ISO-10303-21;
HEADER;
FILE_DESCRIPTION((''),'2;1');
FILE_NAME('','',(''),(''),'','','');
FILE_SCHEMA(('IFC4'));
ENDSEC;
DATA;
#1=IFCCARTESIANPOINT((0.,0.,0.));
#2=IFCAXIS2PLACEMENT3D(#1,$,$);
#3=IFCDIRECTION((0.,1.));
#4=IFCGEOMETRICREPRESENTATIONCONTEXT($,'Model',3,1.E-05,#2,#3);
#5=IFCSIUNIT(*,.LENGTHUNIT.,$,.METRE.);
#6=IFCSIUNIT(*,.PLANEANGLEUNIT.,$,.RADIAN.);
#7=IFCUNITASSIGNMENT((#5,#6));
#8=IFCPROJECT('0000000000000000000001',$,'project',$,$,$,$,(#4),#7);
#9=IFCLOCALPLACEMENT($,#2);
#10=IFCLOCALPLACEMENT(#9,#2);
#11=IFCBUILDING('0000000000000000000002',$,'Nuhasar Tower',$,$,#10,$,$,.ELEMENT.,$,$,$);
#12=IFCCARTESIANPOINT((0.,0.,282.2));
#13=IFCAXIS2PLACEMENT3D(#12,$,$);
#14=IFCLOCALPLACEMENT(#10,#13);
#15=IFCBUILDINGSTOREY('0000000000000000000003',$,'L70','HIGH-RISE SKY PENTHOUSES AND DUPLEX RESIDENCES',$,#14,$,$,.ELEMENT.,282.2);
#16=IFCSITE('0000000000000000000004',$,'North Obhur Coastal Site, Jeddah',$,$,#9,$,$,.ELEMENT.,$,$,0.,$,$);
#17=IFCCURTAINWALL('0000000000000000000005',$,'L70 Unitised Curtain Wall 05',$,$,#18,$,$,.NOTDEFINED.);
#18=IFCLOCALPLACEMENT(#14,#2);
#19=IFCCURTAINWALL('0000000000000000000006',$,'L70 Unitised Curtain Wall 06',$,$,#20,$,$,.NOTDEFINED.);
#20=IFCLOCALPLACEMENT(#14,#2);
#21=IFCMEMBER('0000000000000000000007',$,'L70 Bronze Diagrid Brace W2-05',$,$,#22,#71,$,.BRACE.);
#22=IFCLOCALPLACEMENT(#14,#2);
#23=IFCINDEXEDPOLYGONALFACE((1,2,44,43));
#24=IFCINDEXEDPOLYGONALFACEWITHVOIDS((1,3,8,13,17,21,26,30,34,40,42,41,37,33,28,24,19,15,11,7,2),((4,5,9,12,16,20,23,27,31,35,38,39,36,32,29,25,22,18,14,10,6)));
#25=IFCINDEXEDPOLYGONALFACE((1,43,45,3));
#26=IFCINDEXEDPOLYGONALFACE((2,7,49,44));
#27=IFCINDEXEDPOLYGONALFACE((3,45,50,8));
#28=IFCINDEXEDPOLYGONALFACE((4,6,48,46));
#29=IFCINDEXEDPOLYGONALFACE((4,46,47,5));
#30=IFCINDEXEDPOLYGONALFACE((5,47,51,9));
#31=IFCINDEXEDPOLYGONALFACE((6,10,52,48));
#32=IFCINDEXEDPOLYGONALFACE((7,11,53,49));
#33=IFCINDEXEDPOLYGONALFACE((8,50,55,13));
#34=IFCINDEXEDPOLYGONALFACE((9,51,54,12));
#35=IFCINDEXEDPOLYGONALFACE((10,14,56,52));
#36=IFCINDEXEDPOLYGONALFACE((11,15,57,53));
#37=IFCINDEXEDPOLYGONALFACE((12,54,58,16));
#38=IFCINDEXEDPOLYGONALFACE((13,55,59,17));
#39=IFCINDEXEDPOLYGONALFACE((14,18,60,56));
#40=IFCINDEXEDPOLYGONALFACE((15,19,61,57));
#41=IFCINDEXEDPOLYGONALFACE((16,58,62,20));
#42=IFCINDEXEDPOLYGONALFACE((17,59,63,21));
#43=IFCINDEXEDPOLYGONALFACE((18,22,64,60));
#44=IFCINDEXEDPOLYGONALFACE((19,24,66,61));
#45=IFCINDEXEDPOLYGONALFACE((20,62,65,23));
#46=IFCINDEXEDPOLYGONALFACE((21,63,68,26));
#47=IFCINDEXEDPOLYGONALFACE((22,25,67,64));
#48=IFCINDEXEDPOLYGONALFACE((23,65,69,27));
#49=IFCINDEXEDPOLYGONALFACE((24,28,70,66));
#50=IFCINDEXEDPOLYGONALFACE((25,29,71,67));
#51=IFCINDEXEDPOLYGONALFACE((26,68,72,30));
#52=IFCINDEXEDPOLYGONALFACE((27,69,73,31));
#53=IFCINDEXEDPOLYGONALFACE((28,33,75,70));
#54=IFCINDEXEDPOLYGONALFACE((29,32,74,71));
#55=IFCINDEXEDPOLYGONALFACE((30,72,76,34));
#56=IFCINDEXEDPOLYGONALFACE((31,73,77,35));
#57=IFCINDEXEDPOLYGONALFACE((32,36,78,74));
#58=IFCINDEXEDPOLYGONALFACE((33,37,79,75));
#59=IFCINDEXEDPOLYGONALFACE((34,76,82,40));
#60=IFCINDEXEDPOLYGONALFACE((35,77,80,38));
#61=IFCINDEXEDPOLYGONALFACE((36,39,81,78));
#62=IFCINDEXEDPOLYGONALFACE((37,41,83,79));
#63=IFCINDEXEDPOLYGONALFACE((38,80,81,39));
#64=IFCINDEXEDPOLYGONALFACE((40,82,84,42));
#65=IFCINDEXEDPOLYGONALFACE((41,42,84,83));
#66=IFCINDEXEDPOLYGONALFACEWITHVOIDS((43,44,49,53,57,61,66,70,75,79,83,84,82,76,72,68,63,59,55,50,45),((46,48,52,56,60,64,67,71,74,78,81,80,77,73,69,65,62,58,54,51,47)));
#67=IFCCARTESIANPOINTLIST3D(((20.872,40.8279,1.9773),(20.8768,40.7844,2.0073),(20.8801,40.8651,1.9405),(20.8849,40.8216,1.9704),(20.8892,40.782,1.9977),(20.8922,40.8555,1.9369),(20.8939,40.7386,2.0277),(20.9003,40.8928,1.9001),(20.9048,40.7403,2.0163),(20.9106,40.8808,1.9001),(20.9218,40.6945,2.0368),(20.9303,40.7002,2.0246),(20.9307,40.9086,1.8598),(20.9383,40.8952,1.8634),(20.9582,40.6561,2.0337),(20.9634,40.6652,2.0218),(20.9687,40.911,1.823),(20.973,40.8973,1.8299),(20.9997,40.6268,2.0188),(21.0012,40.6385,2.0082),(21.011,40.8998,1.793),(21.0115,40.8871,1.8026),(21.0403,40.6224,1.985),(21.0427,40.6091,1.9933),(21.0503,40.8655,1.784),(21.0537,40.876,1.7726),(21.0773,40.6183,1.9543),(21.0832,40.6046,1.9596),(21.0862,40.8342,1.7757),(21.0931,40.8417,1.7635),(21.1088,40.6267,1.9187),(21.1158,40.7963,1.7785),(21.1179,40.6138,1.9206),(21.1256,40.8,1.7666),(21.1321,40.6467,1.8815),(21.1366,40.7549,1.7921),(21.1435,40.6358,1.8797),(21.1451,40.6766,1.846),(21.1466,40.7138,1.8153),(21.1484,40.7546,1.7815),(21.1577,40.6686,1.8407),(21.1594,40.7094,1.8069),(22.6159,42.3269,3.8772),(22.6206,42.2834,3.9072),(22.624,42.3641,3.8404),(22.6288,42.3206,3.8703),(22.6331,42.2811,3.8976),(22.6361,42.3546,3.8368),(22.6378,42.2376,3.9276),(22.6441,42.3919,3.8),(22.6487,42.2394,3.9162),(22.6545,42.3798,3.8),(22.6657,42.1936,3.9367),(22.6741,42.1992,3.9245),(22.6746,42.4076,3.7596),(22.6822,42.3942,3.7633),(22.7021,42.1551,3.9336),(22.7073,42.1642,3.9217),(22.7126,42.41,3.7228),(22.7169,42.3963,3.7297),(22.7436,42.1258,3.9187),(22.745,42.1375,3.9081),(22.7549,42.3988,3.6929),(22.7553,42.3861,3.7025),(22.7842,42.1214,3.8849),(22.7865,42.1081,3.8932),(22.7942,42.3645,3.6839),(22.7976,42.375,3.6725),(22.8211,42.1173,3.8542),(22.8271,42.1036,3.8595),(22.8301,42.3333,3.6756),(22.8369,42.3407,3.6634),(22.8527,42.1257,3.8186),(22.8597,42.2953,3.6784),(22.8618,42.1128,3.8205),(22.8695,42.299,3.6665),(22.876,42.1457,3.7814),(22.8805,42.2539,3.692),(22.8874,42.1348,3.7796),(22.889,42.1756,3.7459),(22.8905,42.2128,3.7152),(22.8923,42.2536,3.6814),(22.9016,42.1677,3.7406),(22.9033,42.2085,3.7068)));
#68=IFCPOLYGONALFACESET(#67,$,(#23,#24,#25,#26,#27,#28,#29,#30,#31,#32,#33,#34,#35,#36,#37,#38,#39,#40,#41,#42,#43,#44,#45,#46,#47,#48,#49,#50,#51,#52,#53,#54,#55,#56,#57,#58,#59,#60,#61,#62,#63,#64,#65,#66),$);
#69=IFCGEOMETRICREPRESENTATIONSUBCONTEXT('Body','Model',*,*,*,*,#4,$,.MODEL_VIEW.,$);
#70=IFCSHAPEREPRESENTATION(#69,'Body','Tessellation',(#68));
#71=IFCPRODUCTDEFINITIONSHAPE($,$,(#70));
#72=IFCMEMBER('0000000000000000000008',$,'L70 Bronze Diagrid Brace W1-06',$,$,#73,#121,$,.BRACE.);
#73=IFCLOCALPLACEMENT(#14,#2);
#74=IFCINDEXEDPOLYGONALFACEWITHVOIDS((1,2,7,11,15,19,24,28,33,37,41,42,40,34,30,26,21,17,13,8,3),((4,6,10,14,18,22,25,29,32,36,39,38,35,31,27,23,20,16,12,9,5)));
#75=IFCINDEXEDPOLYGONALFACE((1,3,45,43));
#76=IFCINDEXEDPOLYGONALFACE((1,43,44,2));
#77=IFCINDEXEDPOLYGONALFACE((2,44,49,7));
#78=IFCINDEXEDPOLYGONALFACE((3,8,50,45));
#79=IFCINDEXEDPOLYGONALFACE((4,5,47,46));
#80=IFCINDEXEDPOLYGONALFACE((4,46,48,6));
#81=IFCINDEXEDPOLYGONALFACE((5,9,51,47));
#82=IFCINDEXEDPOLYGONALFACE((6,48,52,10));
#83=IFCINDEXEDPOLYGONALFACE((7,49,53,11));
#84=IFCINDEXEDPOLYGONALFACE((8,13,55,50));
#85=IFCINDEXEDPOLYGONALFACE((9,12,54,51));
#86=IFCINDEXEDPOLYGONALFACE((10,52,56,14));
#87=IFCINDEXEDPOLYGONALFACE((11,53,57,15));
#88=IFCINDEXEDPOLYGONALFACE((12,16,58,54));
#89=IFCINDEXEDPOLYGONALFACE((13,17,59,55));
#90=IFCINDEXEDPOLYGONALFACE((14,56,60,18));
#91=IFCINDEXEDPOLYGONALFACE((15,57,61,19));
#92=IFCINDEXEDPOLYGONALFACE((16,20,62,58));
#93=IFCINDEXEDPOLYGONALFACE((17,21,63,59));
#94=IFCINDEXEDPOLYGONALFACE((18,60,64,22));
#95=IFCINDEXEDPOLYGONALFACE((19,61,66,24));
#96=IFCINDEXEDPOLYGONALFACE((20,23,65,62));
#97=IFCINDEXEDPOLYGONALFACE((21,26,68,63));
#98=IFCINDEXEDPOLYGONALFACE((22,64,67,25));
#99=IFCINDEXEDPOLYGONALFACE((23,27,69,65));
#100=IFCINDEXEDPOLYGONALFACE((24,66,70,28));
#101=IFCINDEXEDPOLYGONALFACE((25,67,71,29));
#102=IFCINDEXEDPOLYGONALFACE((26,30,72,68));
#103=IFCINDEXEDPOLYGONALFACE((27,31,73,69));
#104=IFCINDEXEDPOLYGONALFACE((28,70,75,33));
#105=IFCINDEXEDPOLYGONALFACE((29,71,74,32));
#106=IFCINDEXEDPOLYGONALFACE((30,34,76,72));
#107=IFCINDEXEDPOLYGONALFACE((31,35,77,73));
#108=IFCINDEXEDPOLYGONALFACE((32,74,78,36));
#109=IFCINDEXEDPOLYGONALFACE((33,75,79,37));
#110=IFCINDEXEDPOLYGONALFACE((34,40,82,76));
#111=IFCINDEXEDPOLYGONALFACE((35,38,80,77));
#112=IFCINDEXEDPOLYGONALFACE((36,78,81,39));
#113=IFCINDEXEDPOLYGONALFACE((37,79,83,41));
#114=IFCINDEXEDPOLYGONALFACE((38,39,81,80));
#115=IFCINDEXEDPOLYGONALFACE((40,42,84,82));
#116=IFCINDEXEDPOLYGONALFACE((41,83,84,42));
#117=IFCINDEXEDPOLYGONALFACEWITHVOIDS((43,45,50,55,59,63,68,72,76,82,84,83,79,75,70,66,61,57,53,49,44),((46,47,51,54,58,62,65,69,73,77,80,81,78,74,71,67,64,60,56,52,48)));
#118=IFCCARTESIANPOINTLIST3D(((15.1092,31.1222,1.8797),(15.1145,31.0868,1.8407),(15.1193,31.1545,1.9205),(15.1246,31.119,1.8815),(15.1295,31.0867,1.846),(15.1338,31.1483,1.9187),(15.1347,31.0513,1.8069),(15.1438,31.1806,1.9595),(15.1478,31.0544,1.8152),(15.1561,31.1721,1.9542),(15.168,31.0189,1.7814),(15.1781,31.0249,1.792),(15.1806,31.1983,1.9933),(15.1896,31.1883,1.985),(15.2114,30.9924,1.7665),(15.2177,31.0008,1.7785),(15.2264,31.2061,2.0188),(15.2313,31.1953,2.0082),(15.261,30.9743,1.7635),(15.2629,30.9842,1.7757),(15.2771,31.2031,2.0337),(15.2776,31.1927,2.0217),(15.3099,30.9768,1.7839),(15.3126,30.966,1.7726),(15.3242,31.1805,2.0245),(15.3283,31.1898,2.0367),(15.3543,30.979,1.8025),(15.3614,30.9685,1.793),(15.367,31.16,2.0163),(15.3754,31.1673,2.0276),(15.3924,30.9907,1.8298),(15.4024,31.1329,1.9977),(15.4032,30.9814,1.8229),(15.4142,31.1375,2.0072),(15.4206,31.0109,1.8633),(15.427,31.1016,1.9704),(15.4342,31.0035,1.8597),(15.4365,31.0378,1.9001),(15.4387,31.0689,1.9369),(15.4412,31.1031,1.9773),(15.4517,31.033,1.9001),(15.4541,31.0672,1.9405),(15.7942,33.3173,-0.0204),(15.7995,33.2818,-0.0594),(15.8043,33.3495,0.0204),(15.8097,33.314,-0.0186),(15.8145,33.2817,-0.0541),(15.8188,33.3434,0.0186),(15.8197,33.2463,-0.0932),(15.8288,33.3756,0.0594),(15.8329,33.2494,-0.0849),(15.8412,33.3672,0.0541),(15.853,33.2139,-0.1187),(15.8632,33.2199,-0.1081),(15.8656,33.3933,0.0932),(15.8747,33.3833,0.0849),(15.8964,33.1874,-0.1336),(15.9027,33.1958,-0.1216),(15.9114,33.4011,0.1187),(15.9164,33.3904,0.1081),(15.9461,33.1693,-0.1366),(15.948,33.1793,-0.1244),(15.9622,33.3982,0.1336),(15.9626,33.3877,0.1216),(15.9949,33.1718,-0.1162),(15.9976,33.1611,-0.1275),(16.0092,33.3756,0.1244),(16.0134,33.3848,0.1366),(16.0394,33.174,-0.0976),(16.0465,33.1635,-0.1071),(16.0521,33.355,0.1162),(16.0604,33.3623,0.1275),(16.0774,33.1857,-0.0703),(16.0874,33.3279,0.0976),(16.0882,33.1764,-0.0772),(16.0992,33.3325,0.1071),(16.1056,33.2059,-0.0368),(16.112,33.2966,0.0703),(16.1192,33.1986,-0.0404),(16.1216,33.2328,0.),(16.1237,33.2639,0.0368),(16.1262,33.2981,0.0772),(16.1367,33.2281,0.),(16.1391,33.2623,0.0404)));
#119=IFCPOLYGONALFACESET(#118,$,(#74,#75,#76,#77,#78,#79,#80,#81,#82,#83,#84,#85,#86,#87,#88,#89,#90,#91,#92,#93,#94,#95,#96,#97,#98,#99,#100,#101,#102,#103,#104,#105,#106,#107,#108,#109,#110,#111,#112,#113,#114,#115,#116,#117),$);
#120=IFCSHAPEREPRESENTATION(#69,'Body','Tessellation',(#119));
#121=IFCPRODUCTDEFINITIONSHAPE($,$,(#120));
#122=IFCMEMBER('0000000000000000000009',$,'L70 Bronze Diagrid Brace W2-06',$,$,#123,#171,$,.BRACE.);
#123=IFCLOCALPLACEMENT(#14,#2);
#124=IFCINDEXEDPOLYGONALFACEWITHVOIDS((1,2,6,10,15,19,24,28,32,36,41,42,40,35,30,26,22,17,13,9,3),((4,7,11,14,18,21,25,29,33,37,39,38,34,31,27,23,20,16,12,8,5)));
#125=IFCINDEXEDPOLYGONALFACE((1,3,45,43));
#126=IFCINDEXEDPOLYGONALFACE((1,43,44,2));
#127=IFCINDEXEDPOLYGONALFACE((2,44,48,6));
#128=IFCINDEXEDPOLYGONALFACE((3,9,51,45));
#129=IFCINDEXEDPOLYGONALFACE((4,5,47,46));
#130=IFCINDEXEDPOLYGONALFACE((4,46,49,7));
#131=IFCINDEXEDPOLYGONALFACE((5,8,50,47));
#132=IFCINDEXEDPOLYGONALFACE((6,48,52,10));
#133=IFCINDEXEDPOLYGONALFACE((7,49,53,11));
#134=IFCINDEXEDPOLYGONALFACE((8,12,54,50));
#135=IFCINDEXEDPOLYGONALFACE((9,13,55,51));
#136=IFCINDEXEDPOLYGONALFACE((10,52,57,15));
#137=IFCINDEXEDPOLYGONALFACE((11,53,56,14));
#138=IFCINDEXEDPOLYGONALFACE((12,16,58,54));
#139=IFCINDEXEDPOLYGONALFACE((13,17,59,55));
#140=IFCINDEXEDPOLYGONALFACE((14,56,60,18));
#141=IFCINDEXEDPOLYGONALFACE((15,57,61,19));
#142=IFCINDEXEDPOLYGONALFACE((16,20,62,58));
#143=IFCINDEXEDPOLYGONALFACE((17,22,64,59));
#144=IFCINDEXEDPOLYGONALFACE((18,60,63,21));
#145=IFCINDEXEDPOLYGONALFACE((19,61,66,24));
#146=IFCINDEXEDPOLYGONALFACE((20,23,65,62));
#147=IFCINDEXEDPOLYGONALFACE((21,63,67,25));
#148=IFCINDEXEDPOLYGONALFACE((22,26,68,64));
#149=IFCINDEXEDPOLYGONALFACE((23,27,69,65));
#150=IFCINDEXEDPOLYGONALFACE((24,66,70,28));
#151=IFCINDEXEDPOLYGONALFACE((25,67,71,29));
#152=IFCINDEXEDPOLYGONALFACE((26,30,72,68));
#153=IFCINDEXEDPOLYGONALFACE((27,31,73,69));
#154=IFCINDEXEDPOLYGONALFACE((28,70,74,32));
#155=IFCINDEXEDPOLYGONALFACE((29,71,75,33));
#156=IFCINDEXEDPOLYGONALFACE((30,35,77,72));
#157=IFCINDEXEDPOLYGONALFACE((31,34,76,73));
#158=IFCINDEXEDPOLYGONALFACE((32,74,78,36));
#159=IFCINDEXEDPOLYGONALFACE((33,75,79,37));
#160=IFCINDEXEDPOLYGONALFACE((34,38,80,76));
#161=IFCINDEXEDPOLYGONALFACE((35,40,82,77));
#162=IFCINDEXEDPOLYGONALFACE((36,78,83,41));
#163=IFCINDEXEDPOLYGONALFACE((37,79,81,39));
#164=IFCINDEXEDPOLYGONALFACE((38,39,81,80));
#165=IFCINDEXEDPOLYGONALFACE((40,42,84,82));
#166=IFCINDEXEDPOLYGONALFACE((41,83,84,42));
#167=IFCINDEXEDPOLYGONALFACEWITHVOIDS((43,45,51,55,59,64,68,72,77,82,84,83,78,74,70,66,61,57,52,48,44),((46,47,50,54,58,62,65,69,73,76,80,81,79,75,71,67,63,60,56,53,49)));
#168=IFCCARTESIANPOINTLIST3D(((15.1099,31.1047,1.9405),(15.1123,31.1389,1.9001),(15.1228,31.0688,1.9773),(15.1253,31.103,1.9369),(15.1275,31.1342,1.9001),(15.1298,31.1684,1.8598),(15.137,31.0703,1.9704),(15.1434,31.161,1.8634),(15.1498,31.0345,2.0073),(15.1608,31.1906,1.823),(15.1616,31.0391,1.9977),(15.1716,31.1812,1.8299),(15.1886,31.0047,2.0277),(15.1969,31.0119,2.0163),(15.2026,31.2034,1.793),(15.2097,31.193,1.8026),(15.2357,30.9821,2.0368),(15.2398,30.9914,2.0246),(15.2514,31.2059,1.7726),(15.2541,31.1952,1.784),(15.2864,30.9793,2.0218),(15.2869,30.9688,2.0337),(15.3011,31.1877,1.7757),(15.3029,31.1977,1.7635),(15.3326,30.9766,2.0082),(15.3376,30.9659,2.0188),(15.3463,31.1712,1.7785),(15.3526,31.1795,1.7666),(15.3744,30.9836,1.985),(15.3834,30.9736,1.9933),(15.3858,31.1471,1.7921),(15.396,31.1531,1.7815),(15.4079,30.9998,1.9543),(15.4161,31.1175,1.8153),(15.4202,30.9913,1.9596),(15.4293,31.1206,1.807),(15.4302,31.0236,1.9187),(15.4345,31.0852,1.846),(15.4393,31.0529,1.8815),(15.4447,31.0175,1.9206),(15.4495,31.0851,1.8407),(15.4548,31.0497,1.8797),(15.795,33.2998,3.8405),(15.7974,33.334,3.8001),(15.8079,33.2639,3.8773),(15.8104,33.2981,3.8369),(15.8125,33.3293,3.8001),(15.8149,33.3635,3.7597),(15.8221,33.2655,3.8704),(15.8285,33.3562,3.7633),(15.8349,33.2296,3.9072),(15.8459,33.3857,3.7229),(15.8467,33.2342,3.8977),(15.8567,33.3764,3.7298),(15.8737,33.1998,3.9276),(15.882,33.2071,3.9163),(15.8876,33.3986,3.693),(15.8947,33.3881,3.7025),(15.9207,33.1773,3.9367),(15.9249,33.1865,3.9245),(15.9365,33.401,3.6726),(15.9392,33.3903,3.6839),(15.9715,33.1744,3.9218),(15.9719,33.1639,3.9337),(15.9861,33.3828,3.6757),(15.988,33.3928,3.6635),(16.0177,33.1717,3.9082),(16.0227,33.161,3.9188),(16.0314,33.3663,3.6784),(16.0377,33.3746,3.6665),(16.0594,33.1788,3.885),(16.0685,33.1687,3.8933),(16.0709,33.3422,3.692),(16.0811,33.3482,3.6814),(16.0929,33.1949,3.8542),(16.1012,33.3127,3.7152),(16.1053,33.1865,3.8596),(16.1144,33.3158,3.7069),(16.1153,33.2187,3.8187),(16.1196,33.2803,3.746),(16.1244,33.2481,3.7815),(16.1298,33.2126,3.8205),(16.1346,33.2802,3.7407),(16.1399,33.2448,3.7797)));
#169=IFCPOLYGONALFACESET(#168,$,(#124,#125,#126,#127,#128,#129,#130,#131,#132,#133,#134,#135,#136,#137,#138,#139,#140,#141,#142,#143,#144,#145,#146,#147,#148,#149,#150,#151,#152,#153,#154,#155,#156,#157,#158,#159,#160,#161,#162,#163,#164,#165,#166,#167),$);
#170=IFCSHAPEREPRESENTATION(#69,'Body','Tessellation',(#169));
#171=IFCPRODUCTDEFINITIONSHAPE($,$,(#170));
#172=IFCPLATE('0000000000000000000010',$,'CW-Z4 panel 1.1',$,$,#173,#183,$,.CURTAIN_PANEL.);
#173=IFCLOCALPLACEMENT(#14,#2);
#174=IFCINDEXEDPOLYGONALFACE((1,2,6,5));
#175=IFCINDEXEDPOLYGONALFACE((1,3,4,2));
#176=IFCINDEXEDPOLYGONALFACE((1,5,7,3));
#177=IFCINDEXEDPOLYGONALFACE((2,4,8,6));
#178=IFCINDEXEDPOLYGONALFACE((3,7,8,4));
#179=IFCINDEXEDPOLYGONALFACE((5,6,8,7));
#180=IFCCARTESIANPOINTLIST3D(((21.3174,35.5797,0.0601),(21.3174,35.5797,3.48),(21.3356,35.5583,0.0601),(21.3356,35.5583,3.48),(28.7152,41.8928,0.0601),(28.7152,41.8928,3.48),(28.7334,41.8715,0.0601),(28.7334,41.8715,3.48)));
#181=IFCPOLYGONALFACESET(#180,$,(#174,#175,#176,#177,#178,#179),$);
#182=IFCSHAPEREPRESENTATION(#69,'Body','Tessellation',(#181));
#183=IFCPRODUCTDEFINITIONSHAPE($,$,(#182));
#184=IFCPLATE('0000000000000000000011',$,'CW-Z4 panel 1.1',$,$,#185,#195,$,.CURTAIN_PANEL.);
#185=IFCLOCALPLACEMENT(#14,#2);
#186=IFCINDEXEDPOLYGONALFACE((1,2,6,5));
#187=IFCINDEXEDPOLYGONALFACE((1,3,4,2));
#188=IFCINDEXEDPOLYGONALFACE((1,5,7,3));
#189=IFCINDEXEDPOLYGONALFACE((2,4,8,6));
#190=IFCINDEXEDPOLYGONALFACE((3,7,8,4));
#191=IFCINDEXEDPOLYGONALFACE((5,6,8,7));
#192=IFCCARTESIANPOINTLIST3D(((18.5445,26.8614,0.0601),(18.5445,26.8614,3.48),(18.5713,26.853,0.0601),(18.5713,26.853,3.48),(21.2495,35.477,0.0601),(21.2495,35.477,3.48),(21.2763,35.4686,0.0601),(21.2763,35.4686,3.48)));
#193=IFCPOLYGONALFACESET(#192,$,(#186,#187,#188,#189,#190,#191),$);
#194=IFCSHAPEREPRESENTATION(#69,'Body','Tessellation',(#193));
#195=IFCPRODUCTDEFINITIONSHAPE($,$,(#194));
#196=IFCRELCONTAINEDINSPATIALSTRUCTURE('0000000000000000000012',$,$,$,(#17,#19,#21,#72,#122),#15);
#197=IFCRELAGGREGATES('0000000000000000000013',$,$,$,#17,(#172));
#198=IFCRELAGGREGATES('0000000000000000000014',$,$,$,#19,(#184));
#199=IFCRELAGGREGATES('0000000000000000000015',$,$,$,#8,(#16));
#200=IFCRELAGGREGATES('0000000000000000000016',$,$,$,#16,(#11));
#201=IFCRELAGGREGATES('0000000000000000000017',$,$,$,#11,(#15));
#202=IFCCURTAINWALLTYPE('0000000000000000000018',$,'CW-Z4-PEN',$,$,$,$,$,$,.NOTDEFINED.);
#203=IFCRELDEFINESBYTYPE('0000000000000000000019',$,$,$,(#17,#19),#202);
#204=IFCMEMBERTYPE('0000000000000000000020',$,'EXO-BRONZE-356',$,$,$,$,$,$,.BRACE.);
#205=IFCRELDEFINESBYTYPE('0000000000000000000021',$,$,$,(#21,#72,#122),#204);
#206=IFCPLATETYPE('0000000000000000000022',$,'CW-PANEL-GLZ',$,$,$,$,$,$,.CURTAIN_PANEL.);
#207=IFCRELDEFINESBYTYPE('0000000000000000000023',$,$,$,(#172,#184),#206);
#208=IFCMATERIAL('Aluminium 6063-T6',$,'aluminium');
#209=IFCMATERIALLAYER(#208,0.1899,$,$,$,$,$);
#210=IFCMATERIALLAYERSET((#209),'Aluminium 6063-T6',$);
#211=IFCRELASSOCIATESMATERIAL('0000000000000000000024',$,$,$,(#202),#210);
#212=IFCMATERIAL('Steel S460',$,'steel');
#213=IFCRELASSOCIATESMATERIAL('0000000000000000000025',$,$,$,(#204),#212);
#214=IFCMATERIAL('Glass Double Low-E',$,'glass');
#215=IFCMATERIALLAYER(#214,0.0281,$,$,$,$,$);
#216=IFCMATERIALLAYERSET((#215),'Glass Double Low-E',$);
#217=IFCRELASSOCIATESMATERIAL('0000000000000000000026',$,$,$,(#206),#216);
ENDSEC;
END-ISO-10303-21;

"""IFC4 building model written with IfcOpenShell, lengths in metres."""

from ifc_helpers import new_model, si_unit, direction, frame, origin, origin_2d, place, context, subcontext, project, spatial, rectangle, hollow_circle, extrude, material, layer, layer_set, material_profile, profile_set, type_object, element, aggregate, save


model = new_model("IFC4")

# Units and contexts
model_context = context("Model", 3, precision=1e-05, world=origin(), true_north=direction((0.0, 1.0)))
body_context = subcontext(model_context, "Body", "Model", "MODEL_VIEW")
ifc_project = project(units=[si_unit("LENGTHUNIT", "METRE"), si_unit("PLANEANGLEUNIT", "RADIAN")], contexts=[model_context])

# Site, building, storey
site_placement = place(None, origin())
site = spatial("IfcSite", under=ifc_project, at=site_placement, Name="North Obhur Coastal Site, Jeddah", CompositionType="ELEMENT", RefElevation=0.0)
building_placement = place(site_placement, origin())
building = spatial("IfcBuilding", under=site, at=building_placement, Name="Nuhasar Tower", CompositionType="ELEMENT")
storey_placement = place(building_placement, frame((0.0, 0.0, 282.2)))
storey = spatial("IfcBuildingStorey", under=building, at=storey_placement, Name="L70", Description="HIGH-RISE SKY PENTHOUSES AND DUPLEX RESIDENCES", CompositionType="ELEMENT", Elevation=282.2)

# Curtain wall
ifc_material_1 = material(Name="Aluminium 6063-T6", Category="aluminium")
ifc_layer_1 = layer(ifc_material_1, 0.1899)
ifc_layer_set_1 = layer_set([ifc_layer_1], Name="Aluminium 6063-T6")
curtain_wall_type = type_object("IfcCurtainWallType", Name="CW-Z4-PEN", PredefinedType="NOTDEFINED", material=ifc_layer_set_1)
curtain_wall_1_placement = place(storey_placement, origin())
curtain_wall_1 = element("IfcCurtainWall", 1, at=curtain_wall_1_placement, inside=storey, type_object=curtain_wall_type, Name="L70 Unitised Curtain Wall 05", PredefinedType="NOTDEFINED")

# Curtain wall
curtain_wall_2_placement = place(storey_placement, origin())
curtain_wall_2 = element("IfcCurtainWall", 2, at=curtain_wall_2_placement, inside=storey, type_object=curtain_wall_type, Name="L70 Unitised Curtain Wall 06", PredefinedType="NOTDEFINED")

# Members
ifc_material_2 = material(Name="Steel S460", Category="steel")
ifc_material_profile_1 = material_profile(ifc_material_2, hollow_circle(Radius=0.1777, WallThickness=0.0159, at=origin_2d()), Name="HSS355.6X15.9")
ifc_profile_set_1 = profile_set([ifc_material_profile_1], Name="Steel S460")
member_type_1 = type_object("IfcMemberType", Name="EXO-BRONZE-356", PredefinedType="BRACE", material=ifc_profile_set_1)
for number, where, z_axis, x_axis, name in (
    (3, (21.0161, 40.7581, 1.9001), (0.584625, 0.502534, 0.636925), (-0.651857, 0.758342, 0.0), "L70 Bronze Diagrid Brace W2-05"),
    (4, (15.967, 33.281, 0.0), (-0.229656, -0.735864, 0.636995), (0.954591, -0.297918, 0.0), "L70 Bronze Diagrid Brace W1-06"),
    (5, (15.282, 31.0859, 1.9001), (0.229668, 0.735902, 0.636947), (-0.954591, 0.297918, 0.0), "L70 Bronze Diagrid Brace W2-06"),
):
    element("IfcMember", number, at=place(storey_placement, frame(where, z_axis=z_axis, x_axis=x_axis)), inside=storey, type_object=member_type_1, Name=name, PredefinedType="BRACE", context=body_context, shape_type="SweptSolid", body=[
        extrude(hollow_circle(Radius=0.1777, WallThickness=0.0159, at=origin_2d()), origin(), (0.0, 0.0, 1.0), 2.9829),
    ])

# Plates
ifc_material_3 = material(Name="Glass Double Low-E", Category="glass")
ifc_layer_2 = layer(ifc_material_3, 0.0281)
ifc_layer_set_2 = layer_set([ifc_layer_2], Name="Glass Double Low-E")
plate_type = type_object("IfcPlateType", Name="CW-PANEL-GLZ", PredefinedType="CURTAIN_PANEL", material=ifc_layer_set_2)
plate_1_placement = place(storey_placement, frame((25.0254, 38.7256, 0.0601), z_axis=(0.0, 0.0, 1.0), x_axis=(-0.760667, -0.649142, 0.0)))
plate_1 = element("IfcPlate", 6, at=plate_1_placement, type_object=plate_type, Name="CW-Z4 panel 1.1", PredefinedType="CURTAIN_PANEL", context=body_context, shape_type="SweptSolid", body=[
    extrude(rectangle(XDim=9.7253, YDim=0.0281, at=origin_2d()), origin(), (0.0, 0.0, 1.0), 3.4199),
])
aggregate(curtain_wall_1, [plate_1])
plate_2_placement = place(storey_placement, frame((19.9104, 31.165, 0.0601), z_axis=(0.0, 0.0, 1.0), x_axis=(-0.299557, -0.954079, 0.0)))
plate_2 = element("IfcPlate", 7, at=plate_2_placement, type_object=plate_type, Name="CW-Z4 panel 1.1", PredefinedType="CURTAIN_PANEL", context=body_context, shape_type="SweptSolid", body=[
    extrude(rectangle(XDim=9.0303, YDim=0.0281, at=origin_2d()), origin(), (0.0, 0.0, 1.0), 3.4199),
])
aggregate(curtain_wall_2, [plate_2])

save(model, "model.ifc")
